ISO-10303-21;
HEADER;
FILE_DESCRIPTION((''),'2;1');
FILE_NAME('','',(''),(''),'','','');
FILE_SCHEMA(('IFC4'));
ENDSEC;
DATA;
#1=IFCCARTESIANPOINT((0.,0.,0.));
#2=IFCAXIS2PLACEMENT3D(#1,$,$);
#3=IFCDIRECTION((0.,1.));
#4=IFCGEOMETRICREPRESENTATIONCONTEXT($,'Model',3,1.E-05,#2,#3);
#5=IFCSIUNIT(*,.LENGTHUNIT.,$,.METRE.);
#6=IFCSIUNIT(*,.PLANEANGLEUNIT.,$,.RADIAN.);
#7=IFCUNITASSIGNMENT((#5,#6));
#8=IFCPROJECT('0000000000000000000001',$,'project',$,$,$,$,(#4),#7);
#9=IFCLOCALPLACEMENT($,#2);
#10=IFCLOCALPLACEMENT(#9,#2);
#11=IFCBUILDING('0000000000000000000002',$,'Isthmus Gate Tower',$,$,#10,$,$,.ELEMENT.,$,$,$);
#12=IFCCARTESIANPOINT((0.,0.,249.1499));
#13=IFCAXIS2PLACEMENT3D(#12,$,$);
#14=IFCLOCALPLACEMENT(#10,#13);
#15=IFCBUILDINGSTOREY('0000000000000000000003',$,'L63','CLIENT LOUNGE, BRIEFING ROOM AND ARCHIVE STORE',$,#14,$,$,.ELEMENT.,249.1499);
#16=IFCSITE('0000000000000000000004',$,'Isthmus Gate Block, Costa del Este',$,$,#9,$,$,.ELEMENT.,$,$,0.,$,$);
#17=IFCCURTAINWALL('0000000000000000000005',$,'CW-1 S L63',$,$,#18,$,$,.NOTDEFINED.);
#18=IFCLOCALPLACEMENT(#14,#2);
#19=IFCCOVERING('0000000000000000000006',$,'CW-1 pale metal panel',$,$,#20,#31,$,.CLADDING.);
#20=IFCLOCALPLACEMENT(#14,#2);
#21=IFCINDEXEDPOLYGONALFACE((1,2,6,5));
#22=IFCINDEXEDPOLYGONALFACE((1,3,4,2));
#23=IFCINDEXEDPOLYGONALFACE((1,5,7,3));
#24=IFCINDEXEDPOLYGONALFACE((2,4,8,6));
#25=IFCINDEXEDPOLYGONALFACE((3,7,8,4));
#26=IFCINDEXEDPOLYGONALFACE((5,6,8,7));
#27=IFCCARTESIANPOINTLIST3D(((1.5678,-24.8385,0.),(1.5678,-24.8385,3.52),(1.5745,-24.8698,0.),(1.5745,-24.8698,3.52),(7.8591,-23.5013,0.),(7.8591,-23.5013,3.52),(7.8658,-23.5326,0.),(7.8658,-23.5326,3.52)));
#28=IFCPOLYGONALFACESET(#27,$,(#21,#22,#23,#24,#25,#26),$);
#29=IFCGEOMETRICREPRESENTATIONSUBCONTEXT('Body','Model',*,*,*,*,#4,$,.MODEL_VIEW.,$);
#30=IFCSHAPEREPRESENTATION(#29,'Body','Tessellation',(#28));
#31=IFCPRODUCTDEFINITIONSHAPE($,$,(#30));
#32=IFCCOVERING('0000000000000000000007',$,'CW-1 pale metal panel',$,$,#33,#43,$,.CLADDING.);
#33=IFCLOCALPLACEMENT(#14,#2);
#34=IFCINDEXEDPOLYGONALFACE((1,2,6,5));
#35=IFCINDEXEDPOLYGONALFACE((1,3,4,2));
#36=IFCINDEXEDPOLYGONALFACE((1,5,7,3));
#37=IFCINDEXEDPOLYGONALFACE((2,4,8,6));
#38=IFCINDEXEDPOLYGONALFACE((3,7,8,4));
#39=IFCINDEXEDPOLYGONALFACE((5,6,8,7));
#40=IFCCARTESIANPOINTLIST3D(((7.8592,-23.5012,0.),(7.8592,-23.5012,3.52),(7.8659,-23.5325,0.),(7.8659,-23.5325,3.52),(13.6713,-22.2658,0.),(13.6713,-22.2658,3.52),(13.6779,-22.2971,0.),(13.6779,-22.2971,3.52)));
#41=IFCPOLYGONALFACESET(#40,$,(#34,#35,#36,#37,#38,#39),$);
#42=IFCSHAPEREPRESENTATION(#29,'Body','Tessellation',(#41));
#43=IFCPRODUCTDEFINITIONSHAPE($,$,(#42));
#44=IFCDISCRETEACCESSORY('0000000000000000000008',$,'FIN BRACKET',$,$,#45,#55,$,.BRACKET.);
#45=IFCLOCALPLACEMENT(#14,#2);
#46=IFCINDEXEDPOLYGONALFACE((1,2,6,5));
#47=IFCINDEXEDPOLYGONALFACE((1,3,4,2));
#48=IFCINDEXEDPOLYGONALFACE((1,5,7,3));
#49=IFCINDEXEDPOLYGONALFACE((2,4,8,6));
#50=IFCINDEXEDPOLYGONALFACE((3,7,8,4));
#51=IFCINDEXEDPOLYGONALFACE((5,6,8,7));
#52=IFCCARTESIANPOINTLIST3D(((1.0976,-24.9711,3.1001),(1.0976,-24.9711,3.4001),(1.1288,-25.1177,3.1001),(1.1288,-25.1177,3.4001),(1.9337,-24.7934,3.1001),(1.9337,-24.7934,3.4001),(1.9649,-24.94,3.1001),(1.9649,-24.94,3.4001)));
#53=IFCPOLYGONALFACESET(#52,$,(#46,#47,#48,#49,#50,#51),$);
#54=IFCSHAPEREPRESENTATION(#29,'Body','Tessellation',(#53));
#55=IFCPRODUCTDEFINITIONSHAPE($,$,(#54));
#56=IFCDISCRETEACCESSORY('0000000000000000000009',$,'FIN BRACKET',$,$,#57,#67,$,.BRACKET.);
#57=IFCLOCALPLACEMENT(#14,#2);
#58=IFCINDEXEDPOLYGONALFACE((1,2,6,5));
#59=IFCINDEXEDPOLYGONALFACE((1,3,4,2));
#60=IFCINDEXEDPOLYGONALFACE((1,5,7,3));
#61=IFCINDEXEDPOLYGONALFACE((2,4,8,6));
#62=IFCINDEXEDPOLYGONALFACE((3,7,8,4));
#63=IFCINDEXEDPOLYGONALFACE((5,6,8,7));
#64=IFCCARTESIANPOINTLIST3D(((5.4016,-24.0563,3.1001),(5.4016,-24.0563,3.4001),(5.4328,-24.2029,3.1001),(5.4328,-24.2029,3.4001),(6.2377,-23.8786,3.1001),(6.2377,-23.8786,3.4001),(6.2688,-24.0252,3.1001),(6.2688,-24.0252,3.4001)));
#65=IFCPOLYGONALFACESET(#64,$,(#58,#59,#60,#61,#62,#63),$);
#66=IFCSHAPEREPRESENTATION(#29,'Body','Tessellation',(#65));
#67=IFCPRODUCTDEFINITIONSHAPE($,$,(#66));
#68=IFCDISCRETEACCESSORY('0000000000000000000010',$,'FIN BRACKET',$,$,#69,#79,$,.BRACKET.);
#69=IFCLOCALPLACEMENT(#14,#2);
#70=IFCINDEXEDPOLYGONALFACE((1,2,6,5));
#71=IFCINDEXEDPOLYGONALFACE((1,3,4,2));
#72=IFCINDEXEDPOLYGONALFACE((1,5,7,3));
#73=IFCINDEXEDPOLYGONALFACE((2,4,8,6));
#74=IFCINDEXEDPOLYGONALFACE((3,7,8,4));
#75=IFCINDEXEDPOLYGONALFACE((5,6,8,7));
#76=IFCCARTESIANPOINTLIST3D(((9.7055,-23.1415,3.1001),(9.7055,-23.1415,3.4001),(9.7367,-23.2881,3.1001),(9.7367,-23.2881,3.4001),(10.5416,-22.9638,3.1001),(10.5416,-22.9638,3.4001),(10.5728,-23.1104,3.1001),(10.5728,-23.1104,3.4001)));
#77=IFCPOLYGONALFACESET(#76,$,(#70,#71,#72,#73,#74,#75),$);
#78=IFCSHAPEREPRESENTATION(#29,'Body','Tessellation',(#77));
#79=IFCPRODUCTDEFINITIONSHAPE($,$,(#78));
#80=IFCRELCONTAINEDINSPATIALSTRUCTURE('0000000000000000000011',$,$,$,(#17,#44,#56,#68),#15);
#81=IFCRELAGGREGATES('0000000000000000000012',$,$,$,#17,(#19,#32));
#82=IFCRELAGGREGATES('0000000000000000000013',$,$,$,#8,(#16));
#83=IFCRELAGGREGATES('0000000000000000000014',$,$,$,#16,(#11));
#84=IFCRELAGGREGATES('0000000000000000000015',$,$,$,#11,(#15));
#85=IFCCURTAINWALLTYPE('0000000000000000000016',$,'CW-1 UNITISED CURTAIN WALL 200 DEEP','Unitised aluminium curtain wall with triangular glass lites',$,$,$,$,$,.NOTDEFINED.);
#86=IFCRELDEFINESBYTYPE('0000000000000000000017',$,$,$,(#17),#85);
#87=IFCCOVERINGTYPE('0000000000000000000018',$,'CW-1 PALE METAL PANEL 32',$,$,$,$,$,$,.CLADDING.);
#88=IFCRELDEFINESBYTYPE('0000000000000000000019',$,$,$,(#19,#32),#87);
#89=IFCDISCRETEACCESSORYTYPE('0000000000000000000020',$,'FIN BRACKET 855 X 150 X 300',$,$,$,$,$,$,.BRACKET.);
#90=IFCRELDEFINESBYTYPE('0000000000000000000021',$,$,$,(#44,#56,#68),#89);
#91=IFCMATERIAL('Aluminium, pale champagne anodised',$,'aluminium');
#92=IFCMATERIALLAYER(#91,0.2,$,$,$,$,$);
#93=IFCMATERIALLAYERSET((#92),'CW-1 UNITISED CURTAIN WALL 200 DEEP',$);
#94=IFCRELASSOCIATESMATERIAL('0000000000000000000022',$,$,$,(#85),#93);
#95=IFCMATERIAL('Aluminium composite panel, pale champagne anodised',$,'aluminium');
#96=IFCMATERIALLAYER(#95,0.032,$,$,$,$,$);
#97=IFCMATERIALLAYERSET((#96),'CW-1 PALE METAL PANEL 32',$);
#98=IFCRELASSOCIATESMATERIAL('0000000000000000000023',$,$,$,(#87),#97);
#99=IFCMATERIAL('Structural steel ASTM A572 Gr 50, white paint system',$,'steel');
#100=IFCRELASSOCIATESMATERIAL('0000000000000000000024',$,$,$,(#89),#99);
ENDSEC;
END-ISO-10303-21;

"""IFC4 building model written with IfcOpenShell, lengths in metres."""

from ifc_helpers import new_model, si_unit, direction, frame, origin, origin_2d, place, context, subcontext, project, spatial, rectangle, extrude, material, layer, layer_set, type_object, element, aggregate, save


model = new_model("IFC4")

# Units and contexts
model_context = context("Model", 3, precision=1e-05, world=origin(), true_north=direction((0.0, 1.0)))
body_context = subcontext(model_context, "Body", "Model", "MODEL_VIEW")
ifc_project = project(units=[si_unit("LENGTHUNIT", "METRE"), si_unit("PLANEANGLEUNIT", "RADIAN")], contexts=[model_context])

# Site, building, storey
site_placement = place(None, origin())
site = spatial("IfcSite", under=ifc_project, at=site_placement, Name="Isthmus Gate Block, Costa del Este", CompositionType="ELEMENT", RefElevation=0.0)
building_placement = place(site_placement, origin())
building = spatial("IfcBuilding", under=site, at=building_placement, Name="Isthmus Gate Tower", CompositionType="ELEMENT")
storey_placement = place(building_placement, frame((0.0, 0.0, 249.1499)))
storey = spatial("IfcBuildingStorey", under=building, at=storey_placement, Name="L63", Description="CLIENT LOUNGE, BRIEFING ROOM AND ARCHIVE STORE", CompositionType="ELEMENT", Elevation=249.1499)

# Curtain wall
ifc_material_1 = material(Name="Aluminium, pale champagne anodised", Category="aluminium")
ifc_layer_1 = layer(ifc_material_1, 0.2)
ifc_layer_set_1 = layer_set([ifc_layer_1], Name="CW-1 UNITISED CURTAIN WALL 200 DEEP")
curtain_wall_type = type_object("IfcCurtainWallType", Name="CW-1 UNITISED CURTAIN WALL 200 DEEP", Description="Unitised aluminium curtain wall with triangular glass lites", PredefinedType="NOTDEFINED", material=ifc_layer_set_1)
curtain_wall_placement = place(storey_placement, origin())
curtain_wall = element("IfcCurtainWall", 1, at=curtain_wall_placement, inside=storey, type_object=curtain_wall_type, Name="CW-1 S L63", PredefinedType="NOTDEFINED")

# Coverings
ifc_material_2 = material(Name="Aluminium composite panel, pale champagne anodised", Category="aluminium")
ifc_layer_2 = layer(ifc_material_2, 0.032)
ifc_layer_set_2 = layer_set([ifc_layer_2], Name="CW-1 PALE METAL PANEL 32")
covering_type = type_object("IfcCoveringType", Name="CW-1 PALE METAL PANEL 32", PredefinedType="CLADDING", material=ifc_layer_set_2)
covering_1_placement = place(storey_placement, frame((4.7168, -24.1855, 0.0), z_axis=(0.0, 0.0, 1.0), x_axis=(0.978148, 0.207912, 0.0)))
covering_1 = element("IfcCovering", 2, at=covering_1_placement, type_object=covering_type, Name="CW-1 pale metal panel", PredefinedType="CLADDING", context=body_context, shape_type="SweptSolid", body=[
    extrude(rectangle(XDim=6.4319, YDim=0.032, at=origin_2d()), origin(), (0.0, 0.0, 1.0), 3.52),
])
covering_2_placement = place(storey_placement, frame((10.7686, -22.8992, 0.0), z_axis=(0.0, 0.0, 1.0), x_axis=(0.978148, 0.207912, 0.0)))
covering_2 = element("IfcCovering", 3, at=covering_2_placement, type_object=covering_type, Name="CW-1 pale metal panel", PredefinedType="CLADDING", context=body_context, shape_type="SweptSolid", body=[
    extrude(rectangle(XDim=5.9419, YDim=0.032, at=origin_2d()), origin(), (0.0, 0.0, 1.0), 3.52),
])
aggregate(curtain_wall, [covering_1, covering_2])

# Discrete accessories
ifc_material_3 = material(Name="Structural steel ASTM A572 Gr 50, white paint system", Category="steel")
discrete_accessory_type = type_object("IfcDiscreteAccessoryType", Name="FIN BRACKET 855 X 150 X 300", PredefinedType="BRACKET", material=ifc_material_3)
for number, where, z_axis, x_axis, name in (
    (4, (1.5312, -24.9556, 3.1001), (0.0, 0.0, 1.0), (0.207912, -0.978148, 0.0), "FIN BRACKET"),
    (5, (5.8352, -24.0408, 3.1001), (0.0, 0.0, 1.0), (0.207912, -0.978148, 0.0), "FIN BRACKET"),
    (6, (10.1392, -23.126, 3.1001), (0.0, 0.0, 1.0), (0.207912, -0.978148, 0.0), "FIN BRACKET"),
):
    element("IfcDiscreteAccessory", number, at=place(storey_placement, frame(where, z_axis=z_axis, x_axis=x_axis)), inside=storey, type_object=discrete_accessory_type, Name=name, PredefinedType="BRACKET", context=body_context, shape_type="SweptSolid", body=[
        extrude(rectangle(XDim=0.1499, YDim=0.8547, at=origin_2d()), origin(), (0.0, 0.0, 1.0), 0.3),
    ])

save(model, "model.ifc")
